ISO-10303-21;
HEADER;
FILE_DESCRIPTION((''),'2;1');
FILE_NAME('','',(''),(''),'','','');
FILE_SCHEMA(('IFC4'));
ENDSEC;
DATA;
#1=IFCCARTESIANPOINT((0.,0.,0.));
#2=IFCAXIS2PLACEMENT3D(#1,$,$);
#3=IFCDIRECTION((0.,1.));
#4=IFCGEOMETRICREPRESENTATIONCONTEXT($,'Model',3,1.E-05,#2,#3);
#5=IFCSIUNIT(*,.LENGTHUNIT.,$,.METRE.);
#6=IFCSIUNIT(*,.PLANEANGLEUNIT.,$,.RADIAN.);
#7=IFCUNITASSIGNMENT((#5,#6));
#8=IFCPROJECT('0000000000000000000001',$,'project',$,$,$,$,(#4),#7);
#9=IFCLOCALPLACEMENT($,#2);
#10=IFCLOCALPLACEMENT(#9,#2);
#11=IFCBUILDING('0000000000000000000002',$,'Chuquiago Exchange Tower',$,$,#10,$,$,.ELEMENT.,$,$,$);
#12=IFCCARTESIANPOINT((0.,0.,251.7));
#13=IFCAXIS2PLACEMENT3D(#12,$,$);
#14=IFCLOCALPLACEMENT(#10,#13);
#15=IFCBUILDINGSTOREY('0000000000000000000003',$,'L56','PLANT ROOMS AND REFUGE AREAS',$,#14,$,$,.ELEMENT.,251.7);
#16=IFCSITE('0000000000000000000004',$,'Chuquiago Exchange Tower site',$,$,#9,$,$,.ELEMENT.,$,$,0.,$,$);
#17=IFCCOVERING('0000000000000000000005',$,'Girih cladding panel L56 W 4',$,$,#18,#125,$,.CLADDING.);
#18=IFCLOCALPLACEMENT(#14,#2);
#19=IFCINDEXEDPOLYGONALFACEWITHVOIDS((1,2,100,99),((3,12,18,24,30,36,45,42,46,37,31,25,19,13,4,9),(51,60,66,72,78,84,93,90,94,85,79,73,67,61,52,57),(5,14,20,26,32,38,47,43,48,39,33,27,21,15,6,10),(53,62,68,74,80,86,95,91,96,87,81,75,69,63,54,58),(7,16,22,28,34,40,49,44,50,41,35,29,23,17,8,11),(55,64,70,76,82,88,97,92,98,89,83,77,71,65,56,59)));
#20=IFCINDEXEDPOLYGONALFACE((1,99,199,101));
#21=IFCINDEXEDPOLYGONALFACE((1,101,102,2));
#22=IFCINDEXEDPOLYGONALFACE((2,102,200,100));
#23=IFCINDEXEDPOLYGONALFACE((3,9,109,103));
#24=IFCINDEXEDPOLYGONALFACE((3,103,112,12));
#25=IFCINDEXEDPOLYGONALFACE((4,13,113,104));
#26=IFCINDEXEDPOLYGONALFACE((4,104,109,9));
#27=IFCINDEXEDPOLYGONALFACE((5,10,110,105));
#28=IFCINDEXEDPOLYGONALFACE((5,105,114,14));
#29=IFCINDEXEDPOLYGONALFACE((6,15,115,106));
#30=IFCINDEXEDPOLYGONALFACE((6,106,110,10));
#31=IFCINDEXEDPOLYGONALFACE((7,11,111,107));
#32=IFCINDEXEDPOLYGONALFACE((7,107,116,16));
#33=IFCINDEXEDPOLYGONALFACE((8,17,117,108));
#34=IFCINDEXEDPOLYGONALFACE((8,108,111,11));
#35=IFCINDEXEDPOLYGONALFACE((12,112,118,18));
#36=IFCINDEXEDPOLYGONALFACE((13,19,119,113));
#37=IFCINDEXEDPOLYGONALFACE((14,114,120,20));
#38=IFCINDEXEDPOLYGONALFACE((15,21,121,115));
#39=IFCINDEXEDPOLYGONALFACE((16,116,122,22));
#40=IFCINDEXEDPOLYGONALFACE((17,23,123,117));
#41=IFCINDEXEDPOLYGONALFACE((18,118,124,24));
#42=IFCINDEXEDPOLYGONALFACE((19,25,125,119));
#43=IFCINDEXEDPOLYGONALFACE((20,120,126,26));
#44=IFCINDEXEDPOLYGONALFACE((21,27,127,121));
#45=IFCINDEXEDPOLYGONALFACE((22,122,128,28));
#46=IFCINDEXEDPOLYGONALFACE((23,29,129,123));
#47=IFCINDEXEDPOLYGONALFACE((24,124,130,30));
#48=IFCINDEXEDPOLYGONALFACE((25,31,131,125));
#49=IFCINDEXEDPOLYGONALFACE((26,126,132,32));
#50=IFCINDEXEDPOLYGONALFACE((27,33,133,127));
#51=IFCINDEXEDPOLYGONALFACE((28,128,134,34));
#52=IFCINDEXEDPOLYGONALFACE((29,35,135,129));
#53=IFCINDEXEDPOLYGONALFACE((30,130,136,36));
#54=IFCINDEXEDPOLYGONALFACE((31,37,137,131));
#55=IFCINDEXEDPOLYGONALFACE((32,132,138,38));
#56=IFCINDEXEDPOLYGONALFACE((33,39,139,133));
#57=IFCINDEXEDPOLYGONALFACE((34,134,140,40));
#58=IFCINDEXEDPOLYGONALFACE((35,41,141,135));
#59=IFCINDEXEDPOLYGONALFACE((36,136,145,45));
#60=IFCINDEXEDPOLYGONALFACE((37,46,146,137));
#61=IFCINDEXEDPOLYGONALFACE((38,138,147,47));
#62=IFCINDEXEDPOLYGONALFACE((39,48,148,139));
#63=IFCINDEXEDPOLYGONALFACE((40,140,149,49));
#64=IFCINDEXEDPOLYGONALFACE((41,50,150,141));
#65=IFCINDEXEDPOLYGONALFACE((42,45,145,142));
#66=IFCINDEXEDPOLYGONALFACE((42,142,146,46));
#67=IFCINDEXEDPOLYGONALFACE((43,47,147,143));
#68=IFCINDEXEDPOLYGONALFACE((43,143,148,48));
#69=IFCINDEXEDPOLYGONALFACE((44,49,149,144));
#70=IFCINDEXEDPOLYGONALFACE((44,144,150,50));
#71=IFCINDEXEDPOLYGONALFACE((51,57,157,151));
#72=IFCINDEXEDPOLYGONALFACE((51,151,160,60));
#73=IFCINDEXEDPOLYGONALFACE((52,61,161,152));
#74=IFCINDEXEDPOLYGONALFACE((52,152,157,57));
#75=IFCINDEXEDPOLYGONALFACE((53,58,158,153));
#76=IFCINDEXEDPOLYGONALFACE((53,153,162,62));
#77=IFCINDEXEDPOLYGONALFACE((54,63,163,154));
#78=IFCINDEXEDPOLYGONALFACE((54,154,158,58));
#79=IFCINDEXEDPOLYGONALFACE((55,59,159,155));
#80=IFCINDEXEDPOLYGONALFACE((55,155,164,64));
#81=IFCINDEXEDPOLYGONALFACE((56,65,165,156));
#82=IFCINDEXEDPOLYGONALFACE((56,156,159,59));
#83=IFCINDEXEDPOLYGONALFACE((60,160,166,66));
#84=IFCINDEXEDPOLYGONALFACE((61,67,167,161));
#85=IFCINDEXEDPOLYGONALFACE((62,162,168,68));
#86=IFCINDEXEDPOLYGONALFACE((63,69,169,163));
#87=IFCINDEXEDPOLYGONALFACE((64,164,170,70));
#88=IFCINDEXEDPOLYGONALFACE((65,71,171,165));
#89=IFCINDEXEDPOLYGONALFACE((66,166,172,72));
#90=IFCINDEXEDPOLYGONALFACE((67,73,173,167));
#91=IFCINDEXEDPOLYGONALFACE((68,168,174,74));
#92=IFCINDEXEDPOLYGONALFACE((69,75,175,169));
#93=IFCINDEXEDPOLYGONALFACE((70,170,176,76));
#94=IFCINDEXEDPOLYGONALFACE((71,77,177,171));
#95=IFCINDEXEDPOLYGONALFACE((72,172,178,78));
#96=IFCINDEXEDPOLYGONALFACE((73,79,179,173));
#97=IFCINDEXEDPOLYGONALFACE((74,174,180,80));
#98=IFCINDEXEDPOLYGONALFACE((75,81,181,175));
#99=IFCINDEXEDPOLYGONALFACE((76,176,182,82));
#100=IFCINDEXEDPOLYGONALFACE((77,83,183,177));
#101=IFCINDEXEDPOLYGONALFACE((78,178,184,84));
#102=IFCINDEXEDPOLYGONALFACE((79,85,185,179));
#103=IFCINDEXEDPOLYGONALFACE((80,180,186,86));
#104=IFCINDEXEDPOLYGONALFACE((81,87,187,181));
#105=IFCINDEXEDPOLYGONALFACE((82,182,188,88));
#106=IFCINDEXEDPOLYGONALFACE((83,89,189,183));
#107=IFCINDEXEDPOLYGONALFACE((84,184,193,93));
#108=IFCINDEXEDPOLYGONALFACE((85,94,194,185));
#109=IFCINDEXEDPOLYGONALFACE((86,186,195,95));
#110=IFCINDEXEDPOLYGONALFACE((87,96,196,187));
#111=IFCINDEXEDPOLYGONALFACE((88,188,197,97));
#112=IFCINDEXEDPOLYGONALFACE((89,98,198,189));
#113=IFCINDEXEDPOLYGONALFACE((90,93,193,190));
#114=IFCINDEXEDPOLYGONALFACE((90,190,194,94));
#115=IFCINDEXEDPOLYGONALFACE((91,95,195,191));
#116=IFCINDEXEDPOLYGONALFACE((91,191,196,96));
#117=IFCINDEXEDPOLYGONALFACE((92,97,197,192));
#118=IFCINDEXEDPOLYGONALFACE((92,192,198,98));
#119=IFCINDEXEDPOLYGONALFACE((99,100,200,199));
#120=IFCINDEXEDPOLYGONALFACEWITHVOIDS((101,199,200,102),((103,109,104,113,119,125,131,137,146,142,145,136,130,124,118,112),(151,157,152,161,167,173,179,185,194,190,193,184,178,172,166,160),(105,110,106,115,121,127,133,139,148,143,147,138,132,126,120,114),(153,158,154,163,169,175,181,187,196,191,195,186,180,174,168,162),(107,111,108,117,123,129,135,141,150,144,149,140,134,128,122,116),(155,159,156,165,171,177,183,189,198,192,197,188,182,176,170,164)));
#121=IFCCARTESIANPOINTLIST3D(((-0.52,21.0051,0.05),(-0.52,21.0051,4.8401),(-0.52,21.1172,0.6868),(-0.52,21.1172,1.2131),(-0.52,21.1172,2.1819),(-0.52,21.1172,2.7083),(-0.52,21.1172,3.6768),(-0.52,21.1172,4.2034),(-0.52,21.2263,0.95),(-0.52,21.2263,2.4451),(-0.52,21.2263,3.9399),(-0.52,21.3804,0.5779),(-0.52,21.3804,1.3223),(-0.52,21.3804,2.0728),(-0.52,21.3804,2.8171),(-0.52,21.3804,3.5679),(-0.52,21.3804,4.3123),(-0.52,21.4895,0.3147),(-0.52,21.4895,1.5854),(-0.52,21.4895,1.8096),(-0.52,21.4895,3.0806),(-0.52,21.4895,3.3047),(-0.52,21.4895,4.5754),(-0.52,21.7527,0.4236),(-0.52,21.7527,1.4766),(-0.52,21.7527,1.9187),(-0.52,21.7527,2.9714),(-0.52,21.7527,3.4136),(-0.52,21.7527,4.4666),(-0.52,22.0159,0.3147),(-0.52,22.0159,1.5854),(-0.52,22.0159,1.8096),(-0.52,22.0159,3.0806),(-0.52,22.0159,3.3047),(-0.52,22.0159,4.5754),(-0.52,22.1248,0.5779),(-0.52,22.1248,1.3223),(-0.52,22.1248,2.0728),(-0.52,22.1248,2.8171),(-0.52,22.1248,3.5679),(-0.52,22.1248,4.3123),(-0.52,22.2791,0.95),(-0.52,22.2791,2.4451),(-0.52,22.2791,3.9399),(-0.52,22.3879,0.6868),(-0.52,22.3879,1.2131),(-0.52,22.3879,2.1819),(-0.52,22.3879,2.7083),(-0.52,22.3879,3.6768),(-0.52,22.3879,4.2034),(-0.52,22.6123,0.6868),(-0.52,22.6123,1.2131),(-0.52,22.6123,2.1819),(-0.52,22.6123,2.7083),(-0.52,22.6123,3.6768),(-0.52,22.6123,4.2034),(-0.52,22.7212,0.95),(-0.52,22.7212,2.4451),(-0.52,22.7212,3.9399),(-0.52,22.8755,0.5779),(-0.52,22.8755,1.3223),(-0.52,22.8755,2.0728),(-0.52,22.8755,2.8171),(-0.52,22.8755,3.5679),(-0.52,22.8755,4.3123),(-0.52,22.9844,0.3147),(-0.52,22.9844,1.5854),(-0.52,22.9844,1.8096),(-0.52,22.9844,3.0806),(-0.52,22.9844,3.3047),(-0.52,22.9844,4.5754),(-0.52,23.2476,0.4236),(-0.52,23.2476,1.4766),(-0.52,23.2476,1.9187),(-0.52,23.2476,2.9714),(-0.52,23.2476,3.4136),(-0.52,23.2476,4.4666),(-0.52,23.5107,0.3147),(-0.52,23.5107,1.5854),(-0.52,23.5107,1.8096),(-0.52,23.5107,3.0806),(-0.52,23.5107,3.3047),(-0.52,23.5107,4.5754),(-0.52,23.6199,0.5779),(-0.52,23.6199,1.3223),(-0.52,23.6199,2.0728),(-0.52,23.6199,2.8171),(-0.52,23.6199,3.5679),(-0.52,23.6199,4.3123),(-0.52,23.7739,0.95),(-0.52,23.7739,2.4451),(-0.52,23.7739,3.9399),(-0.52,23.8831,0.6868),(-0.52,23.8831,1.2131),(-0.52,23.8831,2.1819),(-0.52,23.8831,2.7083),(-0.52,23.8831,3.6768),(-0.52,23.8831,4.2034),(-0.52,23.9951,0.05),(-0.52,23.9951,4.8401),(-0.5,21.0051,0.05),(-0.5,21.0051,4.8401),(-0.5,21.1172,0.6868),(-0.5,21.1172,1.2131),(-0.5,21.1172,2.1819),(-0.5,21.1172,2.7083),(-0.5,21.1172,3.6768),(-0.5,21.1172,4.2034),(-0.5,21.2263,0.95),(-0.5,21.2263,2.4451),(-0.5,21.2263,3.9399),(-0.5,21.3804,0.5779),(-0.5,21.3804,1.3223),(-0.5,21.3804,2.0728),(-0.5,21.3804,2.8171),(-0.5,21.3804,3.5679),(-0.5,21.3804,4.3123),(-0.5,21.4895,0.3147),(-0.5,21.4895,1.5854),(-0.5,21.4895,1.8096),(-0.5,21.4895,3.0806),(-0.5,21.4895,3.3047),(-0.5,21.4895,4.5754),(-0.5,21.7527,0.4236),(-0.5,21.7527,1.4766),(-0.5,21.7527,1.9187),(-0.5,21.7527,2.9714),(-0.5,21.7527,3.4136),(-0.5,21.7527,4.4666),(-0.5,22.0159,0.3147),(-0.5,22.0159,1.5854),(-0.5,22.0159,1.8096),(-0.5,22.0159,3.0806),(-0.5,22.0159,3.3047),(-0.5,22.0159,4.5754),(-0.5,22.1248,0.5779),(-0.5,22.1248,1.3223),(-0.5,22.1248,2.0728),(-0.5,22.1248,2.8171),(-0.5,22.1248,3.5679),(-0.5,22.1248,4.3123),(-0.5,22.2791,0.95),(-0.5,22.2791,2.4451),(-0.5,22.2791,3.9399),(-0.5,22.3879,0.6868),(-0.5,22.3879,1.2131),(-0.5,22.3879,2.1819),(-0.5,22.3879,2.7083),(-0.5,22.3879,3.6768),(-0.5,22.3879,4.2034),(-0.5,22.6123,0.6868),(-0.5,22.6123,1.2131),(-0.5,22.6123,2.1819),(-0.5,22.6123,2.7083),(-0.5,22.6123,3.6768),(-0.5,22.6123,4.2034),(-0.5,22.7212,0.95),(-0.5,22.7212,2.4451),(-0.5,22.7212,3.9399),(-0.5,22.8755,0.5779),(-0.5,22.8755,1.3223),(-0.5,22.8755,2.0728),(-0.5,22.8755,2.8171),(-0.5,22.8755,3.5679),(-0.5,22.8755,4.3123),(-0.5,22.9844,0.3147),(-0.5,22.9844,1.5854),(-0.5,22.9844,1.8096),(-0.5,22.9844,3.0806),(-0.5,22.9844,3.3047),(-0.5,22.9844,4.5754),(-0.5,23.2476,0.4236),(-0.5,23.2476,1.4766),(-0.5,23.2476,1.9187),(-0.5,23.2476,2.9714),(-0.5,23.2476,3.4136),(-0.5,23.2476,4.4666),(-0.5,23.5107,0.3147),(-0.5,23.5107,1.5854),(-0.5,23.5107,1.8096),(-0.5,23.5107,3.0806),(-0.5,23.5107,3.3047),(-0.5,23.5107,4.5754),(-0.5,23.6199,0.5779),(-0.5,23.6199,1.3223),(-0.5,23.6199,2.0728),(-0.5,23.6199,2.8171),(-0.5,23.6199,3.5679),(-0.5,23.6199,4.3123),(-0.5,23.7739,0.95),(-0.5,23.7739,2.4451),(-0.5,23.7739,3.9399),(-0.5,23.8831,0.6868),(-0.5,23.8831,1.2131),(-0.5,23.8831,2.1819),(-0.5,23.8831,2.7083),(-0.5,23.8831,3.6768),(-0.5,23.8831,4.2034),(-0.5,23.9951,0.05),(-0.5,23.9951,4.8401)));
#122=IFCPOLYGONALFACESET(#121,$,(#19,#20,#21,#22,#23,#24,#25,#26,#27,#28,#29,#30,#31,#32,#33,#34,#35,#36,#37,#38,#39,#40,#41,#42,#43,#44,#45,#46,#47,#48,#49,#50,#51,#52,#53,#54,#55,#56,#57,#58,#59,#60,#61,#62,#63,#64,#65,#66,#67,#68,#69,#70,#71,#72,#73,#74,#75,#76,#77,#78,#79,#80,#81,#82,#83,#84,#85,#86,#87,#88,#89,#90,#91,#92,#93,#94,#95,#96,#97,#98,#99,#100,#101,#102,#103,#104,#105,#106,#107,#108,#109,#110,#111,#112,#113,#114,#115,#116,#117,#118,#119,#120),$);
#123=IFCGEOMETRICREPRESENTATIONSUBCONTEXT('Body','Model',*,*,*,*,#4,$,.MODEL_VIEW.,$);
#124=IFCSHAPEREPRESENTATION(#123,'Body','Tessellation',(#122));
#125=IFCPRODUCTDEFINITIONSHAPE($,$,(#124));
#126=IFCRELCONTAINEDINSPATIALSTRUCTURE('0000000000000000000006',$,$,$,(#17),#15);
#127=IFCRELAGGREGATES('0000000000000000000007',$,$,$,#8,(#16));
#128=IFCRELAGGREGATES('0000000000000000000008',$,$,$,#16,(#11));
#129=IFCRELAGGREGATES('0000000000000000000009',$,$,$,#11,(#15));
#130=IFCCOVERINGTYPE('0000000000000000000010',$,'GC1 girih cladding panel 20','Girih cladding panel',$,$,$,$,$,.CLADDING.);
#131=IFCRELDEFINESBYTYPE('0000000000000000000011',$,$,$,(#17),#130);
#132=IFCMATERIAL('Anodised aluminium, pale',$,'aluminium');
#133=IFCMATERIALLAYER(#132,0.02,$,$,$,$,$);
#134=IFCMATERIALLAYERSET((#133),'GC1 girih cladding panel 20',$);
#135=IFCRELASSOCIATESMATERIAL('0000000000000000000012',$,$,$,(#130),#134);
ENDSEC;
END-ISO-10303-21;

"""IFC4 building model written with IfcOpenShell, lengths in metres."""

from ifc_helpers import new_model, si_unit, direction, frame, origin, place, context, subcontext, project, spatial, polyline, outline, extrude, material, layer, layer_set, type_object, element, save


model = new_model("IFC4")

# Units and contexts
model_context = context("Model", 3, precision=1e-05, world=origin(), true_north=direction((0.0, 1.0)))
body_context = subcontext(model_context, "Body", "Model", "MODEL_VIEW")
ifc_project = project(units=[si_unit("LENGTHUNIT", "METRE"), si_unit("PLANEANGLEUNIT", "RADIAN")], contexts=[model_context])

# Site, building, storey
site_placement = place(None, origin())
site = spatial("IfcSite", under=ifc_project, at=site_placement, Name="Chuquiago Exchange Tower site", CompositionType="ELEMENT", RefElevation=0.0)
building_placement = place(site_placement, origin())
building = spatial("IfcBuilding", under=site, at=building_placement, Name="Chuquiago Exchange Tower", CompositionType="ELEMENT")
storey_placement = place(building_placement, frame((0.0, 0.0, 251.7)))
storey = spatial("IfcBuildingStorey", under=building, at=storey_placement, Name="L56", Description="PLANT ROOMS AND REFUGE AREAS", CompositionType="ELEMENT", Elevation=251.7)

# Covering
ifc_material_1 = material(Name="Anodised aluminium, pale", Category="aluminium")
ifc_layer_1 = layer(ifc_material_1, 0.02)
ifc_layer_set_1 = layer_set([ifc_layer_1], Name="GC1 girih cladding panel 20")
covering_type_1 = type_object("IfcCoveringType", Name="GC1 girih cladding panel 20", Description="Girih cladding panel", PredefinedType="CLADDING", material=ifc_layer_set_1)
covering_1_placement = place(storey_placement, frame((-0.5, 23.9951, 0.05), z_axis=(0.0, 0.0, 1.0), x_axis=(0.0, -1.0, 0.0)))
element("IfcCovering", 1, at=covering_1_placement, inside=storey, type_object=covering_type_1, Name="Girih cladding panel L56 W 4", PredefinedType="CLADDING", context=body_context, shape_type="SweptSolid", body=[
    extrude(outline(polyline([(0.0, 0.0), (2.99, 0.0), (2.99, 4.79), (0.0, 4.79), (0.0, 0.0)]), holes=[polyline([(1.2739, 0.8999), (1.3828, 1.1631), (1.1196, 1.2722), (1.0107, 1.5354), (0.7476, 1.4265), (0.4844, 1.5354), (0.3752, 1.2722), (0.1121, 1.1631), (0.2212, 0.8999), (0.1121, 0.6367), (0.3752, 0.5278), (0.4844, 0.2646), (0.7476, 0.3735), (1.0107, 0.2646), (1.1196, 0.5278), (1.3828, 0.6367), (1.2739, 0.8999)]), polyline([(2.7688, 0.8999), (2.8779, 1.1631), (2.6147, 1.2722), (2.5056, 1.5354), (2.2424, 1.4265), (1.9792, 1.5354), (1.8704, 1.2722), (1.6072, 1.1631), (1.7161, 0.8999), (1.6072, 0.6367), (1.8704, 0.5278), (1.9792, 0.2646), (2.2424, 0.3735), (2.5056, 0.2646), (2.6147, 0.5278), (2.8779, 0.6367), (2.7688, 0.8999)]), polyline([(1.2739, 2.395), (1.3828, 2.6582), (1.1196, 2.7671), (1.0107, 3.0305), (0.7476, 2.9214), (0.4844, 3.0305), (0.3752, 2.7671), (0.1121, 2.6582), (0.2212, 2.395), (0.1121, 2.1318), (0.3752, 2.0227), (0.4844, 1.7595), (0.7476, 1.8687), (1.0107, 1.7595), (1.1196, 2.0227), (1.3828, 2.1318), (1.2739, 2.395)]), polyline([(2.7688, 2.395), (2.8779, 2.6582), (2.6147, 2.7671), (2.5056, 3.0305), (2.2424, 2.9214), (1.9792, 3.0305), (1.8704, 2.7671), (1.6072, 2.6582), (1.7161, 2.395), (1.6072, 2.1318), (1.8704, 2.0227), (1.9792, 1.7595), (2.2424, 1.8687), (2.5056, 1.7595), (2.6147, 2.0227), (2.8779, 2.1318), (2.7688, 2.395)]), polyline([(1.2739, 3.8899), (1.3828, 4.1533), (1.1196, 4.2622), (1.0107, 4.5254), (0.7476, 4.4165), (0.4844, 4.5254), (0.3752, 4.2622), (0.1121, 4.1533), (0.2212, 3.8899), (0.1121, 3.6267), (0.3752, 3.5178), (0.4844, 3.2546), (0.7476, 3.3635), (1.0107, 3.2546), (1.1196, 3.5178), (1.3828, 3.6267), (1.2739, 3.8899)]), polyline([(2.7688, 3.8899), (2.8779, 4.1533), (2.6147, 4.2622), (2.5056, 4.5254), (2.2424, 4.4165), (1.9792, 4.5254), (1.8704, 4.2622), (1.6072, 4.1533), (1.7161, 3.8899), (1.6072, 3.6267), (1.8704, 3.5178), (1.9792, 3.2546), (2.2424, 3.3635), (2.5056, 3.2546), (2.6147, 3.5178), (2.8779, 3.6267), (2.7688, 3.8899)])]), frame((0.0, 0.0, 0.0), z_axis=(0.0, -1.0, 0.0), x_axis=(1.0, 0.0, 0.0)), (0.0, 0.0, 1.0), 0.02),
])

save(model, "model.ifc")
